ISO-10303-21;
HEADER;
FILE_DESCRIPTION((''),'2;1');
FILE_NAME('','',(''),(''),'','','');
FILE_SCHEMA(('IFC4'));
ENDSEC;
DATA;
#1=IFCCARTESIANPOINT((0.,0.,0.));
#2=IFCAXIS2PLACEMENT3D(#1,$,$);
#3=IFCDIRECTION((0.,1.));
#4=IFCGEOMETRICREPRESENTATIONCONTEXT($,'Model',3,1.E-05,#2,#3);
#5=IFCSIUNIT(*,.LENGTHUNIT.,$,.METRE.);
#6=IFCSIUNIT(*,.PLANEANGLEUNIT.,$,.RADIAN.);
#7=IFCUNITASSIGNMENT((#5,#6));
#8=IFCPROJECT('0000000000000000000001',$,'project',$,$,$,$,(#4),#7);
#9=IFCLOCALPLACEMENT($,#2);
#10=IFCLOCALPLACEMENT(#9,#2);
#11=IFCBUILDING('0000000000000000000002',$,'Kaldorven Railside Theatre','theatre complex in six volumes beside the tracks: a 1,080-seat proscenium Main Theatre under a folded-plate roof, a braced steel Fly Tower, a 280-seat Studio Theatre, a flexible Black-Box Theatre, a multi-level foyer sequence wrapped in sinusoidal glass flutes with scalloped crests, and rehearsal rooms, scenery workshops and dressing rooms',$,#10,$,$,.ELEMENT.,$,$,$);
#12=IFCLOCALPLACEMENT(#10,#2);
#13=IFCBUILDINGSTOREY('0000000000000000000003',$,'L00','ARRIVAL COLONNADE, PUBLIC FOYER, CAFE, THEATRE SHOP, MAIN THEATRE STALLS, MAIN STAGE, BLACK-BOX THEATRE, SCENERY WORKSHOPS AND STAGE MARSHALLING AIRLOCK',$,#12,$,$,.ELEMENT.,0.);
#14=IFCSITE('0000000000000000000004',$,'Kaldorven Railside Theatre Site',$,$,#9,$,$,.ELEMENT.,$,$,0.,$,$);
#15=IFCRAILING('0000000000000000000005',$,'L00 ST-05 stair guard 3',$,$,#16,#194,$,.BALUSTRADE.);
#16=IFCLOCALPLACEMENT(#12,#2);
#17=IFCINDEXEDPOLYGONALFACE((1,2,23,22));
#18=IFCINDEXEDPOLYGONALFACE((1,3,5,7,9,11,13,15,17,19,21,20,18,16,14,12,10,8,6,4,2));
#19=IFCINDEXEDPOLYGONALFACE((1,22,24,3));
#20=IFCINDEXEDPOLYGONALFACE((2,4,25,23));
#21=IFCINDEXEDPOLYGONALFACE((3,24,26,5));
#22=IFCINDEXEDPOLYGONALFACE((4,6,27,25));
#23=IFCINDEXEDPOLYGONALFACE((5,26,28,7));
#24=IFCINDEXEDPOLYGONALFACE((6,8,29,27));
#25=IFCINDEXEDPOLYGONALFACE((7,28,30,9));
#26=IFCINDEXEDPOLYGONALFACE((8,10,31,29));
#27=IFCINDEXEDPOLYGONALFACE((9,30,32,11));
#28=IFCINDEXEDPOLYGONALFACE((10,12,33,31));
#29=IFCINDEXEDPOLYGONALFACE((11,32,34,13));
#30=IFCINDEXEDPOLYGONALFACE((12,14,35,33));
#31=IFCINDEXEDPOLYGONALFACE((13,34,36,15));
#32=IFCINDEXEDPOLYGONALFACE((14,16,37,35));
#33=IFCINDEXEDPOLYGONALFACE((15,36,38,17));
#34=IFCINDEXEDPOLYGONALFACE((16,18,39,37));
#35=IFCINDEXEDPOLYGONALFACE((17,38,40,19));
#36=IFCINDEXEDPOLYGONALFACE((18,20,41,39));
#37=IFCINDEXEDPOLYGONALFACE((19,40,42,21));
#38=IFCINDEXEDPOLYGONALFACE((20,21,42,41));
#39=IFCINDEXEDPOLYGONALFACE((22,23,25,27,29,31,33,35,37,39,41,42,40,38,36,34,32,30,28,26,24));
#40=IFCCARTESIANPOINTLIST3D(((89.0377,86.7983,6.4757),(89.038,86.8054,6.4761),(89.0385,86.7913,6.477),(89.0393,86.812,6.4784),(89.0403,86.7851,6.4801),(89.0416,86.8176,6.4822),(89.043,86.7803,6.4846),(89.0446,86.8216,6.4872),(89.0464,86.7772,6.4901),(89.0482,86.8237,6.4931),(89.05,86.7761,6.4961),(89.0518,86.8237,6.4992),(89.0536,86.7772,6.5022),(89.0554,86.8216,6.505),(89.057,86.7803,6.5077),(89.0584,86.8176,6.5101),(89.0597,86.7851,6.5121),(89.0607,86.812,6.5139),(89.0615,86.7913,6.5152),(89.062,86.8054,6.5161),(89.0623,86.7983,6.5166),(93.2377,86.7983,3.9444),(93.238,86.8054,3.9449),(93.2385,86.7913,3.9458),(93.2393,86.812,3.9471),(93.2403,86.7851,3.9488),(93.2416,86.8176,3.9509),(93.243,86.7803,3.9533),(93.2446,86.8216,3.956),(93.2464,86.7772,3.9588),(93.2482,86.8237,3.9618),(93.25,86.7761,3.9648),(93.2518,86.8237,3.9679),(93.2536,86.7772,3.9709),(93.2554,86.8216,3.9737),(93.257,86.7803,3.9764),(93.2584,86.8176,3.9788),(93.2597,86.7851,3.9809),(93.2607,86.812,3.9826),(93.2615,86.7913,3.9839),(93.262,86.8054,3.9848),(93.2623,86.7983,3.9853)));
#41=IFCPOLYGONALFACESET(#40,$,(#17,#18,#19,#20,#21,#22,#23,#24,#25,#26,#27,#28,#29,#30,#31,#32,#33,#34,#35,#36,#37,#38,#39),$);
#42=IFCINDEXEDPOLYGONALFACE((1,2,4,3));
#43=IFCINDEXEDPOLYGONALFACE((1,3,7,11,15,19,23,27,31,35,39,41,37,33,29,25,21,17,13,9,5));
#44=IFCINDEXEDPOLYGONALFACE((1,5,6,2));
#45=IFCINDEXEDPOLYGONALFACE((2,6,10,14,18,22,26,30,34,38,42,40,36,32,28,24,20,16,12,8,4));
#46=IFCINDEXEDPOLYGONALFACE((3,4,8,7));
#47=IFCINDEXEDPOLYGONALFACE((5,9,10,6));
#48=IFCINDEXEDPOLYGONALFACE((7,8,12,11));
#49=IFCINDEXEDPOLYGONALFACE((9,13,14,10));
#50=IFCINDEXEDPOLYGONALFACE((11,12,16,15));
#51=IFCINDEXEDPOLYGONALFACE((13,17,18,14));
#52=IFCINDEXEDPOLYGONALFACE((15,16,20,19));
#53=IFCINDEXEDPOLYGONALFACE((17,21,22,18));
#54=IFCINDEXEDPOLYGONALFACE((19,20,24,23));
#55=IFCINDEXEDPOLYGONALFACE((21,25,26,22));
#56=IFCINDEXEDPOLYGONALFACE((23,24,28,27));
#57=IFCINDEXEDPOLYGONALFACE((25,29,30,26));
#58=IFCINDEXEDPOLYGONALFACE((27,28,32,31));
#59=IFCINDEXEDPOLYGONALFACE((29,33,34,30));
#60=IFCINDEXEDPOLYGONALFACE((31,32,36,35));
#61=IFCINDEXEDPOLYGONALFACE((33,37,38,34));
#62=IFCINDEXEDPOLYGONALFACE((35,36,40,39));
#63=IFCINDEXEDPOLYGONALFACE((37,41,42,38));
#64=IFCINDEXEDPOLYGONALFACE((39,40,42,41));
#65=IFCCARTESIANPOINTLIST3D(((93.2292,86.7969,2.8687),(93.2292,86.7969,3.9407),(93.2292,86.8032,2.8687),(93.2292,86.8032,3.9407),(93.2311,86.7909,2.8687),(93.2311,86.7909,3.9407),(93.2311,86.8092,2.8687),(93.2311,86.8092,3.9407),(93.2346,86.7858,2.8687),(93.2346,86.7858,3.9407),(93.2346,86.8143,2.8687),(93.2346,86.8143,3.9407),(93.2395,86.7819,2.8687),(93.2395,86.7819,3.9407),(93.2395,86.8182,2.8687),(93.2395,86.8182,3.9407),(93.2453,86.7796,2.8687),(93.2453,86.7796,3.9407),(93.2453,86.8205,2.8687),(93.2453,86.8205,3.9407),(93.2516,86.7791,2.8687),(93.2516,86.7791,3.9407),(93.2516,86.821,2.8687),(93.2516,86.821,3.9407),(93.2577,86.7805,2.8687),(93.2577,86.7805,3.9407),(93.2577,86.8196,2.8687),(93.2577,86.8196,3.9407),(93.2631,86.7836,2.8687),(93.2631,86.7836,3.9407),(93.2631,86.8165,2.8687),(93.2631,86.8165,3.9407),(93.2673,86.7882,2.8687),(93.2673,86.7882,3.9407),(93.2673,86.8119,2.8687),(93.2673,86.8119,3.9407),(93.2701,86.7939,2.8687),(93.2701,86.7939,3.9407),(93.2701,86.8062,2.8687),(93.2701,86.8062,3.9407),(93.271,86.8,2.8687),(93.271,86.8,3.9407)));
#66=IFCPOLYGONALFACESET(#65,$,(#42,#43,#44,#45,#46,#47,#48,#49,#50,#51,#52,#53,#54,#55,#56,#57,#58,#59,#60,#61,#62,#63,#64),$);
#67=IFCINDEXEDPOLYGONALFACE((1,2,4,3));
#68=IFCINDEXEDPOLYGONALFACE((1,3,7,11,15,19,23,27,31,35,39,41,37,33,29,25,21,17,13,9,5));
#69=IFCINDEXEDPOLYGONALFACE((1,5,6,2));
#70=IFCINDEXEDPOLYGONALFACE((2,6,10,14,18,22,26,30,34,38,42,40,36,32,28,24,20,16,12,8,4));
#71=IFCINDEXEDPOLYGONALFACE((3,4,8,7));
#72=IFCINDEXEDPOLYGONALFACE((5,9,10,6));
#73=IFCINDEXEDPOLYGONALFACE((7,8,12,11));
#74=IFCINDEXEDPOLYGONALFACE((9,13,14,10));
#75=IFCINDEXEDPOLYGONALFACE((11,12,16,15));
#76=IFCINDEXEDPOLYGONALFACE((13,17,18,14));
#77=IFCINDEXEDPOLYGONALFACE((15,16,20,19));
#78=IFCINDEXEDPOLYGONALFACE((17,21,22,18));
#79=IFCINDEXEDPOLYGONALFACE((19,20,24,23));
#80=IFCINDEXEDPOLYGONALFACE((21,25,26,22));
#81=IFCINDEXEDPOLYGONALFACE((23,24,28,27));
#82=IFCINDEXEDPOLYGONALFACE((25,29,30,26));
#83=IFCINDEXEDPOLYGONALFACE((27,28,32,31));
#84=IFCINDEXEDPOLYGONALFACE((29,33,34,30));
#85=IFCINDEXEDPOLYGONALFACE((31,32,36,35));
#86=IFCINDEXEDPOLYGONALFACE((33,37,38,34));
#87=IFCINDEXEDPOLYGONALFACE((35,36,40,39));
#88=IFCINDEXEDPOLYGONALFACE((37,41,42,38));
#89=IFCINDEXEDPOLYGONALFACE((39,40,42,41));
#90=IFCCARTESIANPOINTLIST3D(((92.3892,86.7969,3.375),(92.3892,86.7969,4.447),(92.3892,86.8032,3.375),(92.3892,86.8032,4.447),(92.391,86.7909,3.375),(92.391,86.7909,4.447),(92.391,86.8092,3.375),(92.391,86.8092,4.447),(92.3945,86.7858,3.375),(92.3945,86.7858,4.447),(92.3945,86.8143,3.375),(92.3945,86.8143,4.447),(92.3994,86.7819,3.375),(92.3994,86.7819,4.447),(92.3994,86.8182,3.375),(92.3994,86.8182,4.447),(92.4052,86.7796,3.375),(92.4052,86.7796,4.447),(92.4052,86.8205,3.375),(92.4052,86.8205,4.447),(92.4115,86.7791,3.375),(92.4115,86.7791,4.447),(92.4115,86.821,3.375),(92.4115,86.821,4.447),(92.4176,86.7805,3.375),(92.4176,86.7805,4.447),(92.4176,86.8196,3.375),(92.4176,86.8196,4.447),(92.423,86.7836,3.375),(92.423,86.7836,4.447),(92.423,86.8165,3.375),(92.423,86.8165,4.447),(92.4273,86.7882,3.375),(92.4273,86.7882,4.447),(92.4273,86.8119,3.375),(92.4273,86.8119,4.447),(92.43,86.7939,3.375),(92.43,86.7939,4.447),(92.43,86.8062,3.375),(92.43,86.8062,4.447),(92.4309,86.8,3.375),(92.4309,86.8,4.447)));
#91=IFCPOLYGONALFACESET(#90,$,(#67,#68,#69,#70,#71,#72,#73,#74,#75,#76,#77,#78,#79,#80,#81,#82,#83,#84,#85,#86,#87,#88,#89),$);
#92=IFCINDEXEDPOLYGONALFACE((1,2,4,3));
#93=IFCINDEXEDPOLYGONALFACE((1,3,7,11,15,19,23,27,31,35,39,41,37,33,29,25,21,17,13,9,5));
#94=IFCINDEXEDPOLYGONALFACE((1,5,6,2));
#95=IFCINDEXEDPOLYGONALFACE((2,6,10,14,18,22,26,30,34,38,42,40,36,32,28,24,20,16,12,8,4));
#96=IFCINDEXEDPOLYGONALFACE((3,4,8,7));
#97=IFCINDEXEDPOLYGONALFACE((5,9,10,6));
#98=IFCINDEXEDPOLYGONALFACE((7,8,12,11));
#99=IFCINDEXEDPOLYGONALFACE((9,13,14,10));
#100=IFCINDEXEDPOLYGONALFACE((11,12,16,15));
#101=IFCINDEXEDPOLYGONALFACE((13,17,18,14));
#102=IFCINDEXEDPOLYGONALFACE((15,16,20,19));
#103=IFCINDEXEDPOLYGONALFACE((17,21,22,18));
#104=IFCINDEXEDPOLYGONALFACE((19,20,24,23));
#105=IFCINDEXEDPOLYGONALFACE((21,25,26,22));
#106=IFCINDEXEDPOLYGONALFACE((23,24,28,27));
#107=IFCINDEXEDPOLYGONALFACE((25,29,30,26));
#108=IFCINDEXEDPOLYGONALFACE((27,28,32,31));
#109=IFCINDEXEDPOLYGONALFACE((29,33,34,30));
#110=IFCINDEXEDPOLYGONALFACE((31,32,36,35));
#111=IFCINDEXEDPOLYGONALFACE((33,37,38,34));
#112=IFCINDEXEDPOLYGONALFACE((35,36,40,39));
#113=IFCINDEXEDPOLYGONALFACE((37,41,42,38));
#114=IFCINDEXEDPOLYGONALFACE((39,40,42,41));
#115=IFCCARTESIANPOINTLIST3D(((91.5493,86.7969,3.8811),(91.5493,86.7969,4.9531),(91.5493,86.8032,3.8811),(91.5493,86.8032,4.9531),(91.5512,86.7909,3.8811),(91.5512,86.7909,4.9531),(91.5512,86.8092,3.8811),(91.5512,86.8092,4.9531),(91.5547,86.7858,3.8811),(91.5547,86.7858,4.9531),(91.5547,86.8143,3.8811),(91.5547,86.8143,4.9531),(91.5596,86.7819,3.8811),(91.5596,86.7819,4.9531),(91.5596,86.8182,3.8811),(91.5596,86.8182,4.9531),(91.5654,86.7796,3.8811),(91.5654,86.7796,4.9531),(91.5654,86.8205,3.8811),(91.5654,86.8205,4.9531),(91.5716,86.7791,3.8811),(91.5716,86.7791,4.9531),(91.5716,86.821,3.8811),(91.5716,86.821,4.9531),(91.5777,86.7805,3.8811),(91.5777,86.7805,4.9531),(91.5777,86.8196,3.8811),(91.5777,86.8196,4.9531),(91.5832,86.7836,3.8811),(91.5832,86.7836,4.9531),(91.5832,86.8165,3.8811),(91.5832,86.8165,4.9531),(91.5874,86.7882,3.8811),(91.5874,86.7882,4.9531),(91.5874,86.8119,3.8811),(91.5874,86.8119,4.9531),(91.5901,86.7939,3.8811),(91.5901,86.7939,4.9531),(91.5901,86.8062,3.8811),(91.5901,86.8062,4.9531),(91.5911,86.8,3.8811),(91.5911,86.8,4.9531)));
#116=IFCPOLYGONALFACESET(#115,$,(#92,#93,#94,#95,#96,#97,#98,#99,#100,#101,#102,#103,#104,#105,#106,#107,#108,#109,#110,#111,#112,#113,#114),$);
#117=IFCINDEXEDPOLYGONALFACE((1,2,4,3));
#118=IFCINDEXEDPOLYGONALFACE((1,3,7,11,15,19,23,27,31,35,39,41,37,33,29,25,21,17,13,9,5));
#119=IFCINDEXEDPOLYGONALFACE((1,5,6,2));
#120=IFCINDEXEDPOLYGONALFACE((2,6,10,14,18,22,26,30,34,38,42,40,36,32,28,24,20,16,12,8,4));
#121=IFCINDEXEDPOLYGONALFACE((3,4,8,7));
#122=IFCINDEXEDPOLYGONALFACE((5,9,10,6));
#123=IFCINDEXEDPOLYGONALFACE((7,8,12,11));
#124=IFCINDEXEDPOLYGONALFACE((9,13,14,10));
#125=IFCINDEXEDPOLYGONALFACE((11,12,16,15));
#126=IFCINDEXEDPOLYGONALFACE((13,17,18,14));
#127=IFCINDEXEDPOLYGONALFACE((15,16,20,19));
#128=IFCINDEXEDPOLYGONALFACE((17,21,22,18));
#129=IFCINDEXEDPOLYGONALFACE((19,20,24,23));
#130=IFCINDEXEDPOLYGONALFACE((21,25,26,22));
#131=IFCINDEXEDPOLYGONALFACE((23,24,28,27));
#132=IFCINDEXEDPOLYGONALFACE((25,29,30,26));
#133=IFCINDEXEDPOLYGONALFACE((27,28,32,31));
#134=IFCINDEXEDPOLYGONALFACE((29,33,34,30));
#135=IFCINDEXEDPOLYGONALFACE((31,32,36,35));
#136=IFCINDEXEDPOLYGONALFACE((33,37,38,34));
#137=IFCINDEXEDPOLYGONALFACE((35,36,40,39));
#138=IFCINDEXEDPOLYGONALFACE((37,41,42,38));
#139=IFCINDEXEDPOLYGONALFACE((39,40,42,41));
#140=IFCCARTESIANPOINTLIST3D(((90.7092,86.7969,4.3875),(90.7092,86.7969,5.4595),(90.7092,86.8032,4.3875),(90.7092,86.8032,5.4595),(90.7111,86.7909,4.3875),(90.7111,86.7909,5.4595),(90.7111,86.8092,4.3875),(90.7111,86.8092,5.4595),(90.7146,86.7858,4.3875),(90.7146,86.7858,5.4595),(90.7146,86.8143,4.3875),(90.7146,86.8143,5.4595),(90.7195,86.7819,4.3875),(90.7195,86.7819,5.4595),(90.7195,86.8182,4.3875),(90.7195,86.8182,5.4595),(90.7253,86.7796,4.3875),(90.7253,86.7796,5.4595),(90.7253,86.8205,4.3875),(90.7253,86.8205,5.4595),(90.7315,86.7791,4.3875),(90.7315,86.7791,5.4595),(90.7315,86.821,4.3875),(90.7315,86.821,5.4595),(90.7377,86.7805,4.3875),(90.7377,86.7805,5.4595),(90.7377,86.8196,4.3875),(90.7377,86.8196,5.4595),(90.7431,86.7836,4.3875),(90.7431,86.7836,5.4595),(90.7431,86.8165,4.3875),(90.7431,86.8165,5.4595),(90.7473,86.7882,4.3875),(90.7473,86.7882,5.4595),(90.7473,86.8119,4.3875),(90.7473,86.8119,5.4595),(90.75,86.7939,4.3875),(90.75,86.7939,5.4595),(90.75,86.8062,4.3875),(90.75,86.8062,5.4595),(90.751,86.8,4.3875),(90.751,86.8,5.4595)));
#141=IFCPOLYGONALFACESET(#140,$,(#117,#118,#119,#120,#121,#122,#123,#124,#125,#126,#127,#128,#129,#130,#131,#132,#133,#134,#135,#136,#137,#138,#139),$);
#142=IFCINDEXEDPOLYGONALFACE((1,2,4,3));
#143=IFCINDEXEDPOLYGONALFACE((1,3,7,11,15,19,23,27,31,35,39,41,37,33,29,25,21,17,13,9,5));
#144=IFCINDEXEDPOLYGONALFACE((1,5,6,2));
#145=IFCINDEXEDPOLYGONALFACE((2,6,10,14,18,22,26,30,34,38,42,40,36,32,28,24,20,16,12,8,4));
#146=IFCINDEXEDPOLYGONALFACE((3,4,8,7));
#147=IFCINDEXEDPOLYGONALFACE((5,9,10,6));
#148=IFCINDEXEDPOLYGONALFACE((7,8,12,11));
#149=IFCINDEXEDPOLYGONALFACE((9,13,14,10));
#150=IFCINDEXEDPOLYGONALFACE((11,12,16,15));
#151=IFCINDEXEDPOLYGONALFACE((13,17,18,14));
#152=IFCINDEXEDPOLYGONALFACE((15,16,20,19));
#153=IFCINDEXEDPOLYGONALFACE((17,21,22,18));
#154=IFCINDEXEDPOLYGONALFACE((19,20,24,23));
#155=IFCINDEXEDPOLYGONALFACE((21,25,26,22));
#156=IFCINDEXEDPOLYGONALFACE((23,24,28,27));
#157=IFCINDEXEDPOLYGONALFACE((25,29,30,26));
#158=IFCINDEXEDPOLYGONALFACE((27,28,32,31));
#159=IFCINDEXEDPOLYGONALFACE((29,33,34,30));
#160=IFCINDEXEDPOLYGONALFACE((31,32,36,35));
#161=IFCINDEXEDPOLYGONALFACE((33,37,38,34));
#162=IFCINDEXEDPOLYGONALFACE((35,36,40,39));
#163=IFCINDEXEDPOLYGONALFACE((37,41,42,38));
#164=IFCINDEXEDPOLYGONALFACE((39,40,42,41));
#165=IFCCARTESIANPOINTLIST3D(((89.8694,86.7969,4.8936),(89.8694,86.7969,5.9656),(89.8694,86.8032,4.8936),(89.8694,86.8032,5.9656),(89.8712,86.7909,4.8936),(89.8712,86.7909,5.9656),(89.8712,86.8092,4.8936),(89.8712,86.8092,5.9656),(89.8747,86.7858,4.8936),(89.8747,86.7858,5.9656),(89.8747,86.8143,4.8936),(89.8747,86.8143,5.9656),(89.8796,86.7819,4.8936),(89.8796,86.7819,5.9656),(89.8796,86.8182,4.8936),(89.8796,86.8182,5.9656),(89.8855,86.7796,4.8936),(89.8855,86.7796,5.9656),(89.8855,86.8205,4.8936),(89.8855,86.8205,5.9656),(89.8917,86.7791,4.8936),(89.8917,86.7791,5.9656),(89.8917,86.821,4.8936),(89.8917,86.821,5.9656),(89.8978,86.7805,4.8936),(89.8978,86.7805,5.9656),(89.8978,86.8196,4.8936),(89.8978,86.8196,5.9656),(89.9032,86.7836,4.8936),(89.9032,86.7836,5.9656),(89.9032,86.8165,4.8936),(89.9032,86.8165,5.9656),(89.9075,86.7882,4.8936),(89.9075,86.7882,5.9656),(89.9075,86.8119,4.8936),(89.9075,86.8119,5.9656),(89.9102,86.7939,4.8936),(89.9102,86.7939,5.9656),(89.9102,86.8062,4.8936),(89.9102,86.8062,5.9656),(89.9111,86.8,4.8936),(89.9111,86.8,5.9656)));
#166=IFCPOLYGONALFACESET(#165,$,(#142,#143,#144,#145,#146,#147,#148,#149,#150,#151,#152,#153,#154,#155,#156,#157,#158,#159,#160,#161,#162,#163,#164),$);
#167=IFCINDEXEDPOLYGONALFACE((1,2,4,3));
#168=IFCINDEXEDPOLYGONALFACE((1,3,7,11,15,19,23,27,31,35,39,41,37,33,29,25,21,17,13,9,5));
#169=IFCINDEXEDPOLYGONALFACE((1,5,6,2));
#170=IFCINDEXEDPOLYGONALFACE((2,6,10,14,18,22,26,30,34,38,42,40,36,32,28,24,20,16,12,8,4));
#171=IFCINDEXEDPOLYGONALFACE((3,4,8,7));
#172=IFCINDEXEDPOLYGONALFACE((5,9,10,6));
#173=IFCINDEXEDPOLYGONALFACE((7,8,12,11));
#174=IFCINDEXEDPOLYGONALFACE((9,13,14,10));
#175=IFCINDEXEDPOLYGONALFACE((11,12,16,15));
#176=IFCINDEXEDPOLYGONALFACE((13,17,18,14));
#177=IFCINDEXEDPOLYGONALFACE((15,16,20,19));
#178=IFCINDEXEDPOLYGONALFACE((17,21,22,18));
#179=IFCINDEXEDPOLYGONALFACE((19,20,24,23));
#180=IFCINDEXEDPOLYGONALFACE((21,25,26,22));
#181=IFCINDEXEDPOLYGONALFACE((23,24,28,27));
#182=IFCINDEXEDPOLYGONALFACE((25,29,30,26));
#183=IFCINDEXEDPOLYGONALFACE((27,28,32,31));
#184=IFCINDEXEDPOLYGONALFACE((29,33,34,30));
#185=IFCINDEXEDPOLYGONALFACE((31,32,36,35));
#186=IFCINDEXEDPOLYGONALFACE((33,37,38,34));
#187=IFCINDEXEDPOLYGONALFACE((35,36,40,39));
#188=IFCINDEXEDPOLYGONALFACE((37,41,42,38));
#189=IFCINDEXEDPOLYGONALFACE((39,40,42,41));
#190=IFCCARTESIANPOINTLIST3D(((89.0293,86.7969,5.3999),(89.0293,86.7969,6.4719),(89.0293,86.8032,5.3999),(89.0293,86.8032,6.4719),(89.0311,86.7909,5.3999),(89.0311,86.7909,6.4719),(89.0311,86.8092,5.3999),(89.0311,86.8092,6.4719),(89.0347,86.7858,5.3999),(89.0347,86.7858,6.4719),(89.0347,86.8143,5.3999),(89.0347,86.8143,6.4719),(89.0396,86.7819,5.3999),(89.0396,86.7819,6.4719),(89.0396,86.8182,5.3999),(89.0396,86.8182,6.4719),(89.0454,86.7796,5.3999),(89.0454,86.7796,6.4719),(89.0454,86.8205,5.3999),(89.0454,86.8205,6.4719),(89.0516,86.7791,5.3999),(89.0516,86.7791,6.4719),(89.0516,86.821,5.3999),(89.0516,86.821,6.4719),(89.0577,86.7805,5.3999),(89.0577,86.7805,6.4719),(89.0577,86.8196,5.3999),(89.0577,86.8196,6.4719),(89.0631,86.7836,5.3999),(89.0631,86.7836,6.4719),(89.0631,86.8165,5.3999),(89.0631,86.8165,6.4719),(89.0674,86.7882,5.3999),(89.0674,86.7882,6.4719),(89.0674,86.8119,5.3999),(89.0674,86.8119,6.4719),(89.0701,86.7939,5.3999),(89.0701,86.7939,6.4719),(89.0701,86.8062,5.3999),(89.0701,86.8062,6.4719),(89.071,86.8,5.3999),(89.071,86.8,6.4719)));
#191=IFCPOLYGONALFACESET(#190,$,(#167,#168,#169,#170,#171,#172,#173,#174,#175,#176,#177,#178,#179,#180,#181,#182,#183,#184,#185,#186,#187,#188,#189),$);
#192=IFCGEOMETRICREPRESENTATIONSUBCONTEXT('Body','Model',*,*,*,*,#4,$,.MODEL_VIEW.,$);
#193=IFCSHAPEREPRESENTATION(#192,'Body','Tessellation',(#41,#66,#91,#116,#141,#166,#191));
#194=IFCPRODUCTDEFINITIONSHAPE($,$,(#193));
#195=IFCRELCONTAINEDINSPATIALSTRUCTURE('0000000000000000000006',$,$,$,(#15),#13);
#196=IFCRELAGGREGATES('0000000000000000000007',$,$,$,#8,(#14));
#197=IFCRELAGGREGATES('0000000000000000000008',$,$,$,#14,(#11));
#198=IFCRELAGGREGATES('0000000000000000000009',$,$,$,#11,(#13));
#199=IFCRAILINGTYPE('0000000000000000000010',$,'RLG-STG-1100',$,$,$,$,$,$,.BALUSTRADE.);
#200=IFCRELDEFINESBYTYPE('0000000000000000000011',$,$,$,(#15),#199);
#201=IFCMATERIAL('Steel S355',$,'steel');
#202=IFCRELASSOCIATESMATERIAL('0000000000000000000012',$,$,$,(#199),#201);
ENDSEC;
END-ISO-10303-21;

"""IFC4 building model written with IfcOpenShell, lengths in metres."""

from ifc_helpers import new_model, si_unit, direction, frame, origin, origin_2d, place, context, subcontext, project, spatial, circle, extrude, material, type_object, element, save


model = new_model("IFC4")

# Units and contexts
model_context = context("Model", 3, precision=1e-05, world=origin(), true_north=direction((0.0, 1.0)))
body_context = subcontext(model_context, "Body", "Model", "MODEL_VIEW")
ifc_project = project(units=[si_unit("LENGTHUNIT", "METRE"), si_unit("PLANEANGLEUNIT", "RADIAN")], contexts=[model_context])

# Site, building, storey
site_placement = place(None, origin())
site = spatial("IfcSite", under=ifc_project, at=site_placement, Name="Kaldorven Railside Theatre Site", CompositionType="ELEMENT", RefElevation=0.0)
building_placement = place(site_placement, origin())
building = spatial("IfcBuilding", under=site, at=building_placement, Name="Kaldorven Railside Theatre", Description="theatre complex in six volumes beside the tracks: a 1,080-seat proscenium Main Theatre under a folded-plate roof, a braced steel Fly Tower, a 280-seat Studio Theatre, a flexible Black-Box Theatre, a multi-level foyer sequence wrapped in sinusoidal glass flutes with scalloped crests, and rehearsal rooms, scenery workshops and dressing rooms", CompositionType="ELEMENT")
storey_placement = place(building_placement, origin())
storey = spatial("IfcBuildingStorey", under=building, at=storey_placement, Name="L00", Description="ARRIVAL COLONNADE, PUBLIC FOYER, CAFE, THEATRE SHOP, MAIN THEATRE STALLS, MAIN STAGE, BLACK-BOX THEATRE, SCENERY WORKSHOPS AND STAGE MARSHALLING AIRLOCK", CompositionType="ELEMENT", Elevation=0.0)

# Shared definitions
ifc_material_1 = material(Name="Steel S355", Category="steel")

# Railing
railing_type_1 = type_object("IfcRailingType", Name="RLG-STG-1100", PredefinedType="BALUSTRADE", material=ifc_material_1)
railing_1_placement = place(storey_placement, frame((93.25, 86.8, 2.8687)))
element("IfcRailing", 1, at=railing_1_placement, inside=storey, type_object=railing_type_1, Name="L00 ST-05 stair guard 3", PredefinedType="BALUSTRADE", context=body_context, shape_type="SweptSolid", body=[
    extrude(circle(Radius=0.0239, at=origin_2d()), frame((0.0, 0.0, 1.0962), z_axis=(-0.856476, 0.0, 0.516186), x_axis=(0.0, -1.0, 0.0)), (0.0, 0.0, 1.0), 4.9038),
    extrude(circle(Radius=0.021, at=origin_2d()), origin(), (0.0, 0.0, 1.0), 1.072),
    extrude(circle(Radius=0.021, at=origin_2d()), frame((-0.8401, 0.0, 0.5063)), (0.0, 0.0, 1.0), 1.072),
    extrude(circle(Radius=0.021, at=origin_2d()), frame((-1.6799, 0.0, 1.0125)), (0.0, 0.0, 1.0), 1.072),
    extrude(circle(Radius=0.021, at=origin_2d()), frame((-2.52, 0.0, 1.5188)), (0.0, 0.0, 1.0), 1.072),
    extrude(circle(Radius=0.021, at=origin_2d()), frame((-3.3599, 0.0, 2.0249)), (0.0, 0.0, 1.0), 1.072),
    extrude(circle(Radius=0.021, at=origin_2d()), frame((-4.2, 0.0, 2.5312)), (0.0, 0.0, 1.0), 1.072),
])

save(model, "model.ifc")
